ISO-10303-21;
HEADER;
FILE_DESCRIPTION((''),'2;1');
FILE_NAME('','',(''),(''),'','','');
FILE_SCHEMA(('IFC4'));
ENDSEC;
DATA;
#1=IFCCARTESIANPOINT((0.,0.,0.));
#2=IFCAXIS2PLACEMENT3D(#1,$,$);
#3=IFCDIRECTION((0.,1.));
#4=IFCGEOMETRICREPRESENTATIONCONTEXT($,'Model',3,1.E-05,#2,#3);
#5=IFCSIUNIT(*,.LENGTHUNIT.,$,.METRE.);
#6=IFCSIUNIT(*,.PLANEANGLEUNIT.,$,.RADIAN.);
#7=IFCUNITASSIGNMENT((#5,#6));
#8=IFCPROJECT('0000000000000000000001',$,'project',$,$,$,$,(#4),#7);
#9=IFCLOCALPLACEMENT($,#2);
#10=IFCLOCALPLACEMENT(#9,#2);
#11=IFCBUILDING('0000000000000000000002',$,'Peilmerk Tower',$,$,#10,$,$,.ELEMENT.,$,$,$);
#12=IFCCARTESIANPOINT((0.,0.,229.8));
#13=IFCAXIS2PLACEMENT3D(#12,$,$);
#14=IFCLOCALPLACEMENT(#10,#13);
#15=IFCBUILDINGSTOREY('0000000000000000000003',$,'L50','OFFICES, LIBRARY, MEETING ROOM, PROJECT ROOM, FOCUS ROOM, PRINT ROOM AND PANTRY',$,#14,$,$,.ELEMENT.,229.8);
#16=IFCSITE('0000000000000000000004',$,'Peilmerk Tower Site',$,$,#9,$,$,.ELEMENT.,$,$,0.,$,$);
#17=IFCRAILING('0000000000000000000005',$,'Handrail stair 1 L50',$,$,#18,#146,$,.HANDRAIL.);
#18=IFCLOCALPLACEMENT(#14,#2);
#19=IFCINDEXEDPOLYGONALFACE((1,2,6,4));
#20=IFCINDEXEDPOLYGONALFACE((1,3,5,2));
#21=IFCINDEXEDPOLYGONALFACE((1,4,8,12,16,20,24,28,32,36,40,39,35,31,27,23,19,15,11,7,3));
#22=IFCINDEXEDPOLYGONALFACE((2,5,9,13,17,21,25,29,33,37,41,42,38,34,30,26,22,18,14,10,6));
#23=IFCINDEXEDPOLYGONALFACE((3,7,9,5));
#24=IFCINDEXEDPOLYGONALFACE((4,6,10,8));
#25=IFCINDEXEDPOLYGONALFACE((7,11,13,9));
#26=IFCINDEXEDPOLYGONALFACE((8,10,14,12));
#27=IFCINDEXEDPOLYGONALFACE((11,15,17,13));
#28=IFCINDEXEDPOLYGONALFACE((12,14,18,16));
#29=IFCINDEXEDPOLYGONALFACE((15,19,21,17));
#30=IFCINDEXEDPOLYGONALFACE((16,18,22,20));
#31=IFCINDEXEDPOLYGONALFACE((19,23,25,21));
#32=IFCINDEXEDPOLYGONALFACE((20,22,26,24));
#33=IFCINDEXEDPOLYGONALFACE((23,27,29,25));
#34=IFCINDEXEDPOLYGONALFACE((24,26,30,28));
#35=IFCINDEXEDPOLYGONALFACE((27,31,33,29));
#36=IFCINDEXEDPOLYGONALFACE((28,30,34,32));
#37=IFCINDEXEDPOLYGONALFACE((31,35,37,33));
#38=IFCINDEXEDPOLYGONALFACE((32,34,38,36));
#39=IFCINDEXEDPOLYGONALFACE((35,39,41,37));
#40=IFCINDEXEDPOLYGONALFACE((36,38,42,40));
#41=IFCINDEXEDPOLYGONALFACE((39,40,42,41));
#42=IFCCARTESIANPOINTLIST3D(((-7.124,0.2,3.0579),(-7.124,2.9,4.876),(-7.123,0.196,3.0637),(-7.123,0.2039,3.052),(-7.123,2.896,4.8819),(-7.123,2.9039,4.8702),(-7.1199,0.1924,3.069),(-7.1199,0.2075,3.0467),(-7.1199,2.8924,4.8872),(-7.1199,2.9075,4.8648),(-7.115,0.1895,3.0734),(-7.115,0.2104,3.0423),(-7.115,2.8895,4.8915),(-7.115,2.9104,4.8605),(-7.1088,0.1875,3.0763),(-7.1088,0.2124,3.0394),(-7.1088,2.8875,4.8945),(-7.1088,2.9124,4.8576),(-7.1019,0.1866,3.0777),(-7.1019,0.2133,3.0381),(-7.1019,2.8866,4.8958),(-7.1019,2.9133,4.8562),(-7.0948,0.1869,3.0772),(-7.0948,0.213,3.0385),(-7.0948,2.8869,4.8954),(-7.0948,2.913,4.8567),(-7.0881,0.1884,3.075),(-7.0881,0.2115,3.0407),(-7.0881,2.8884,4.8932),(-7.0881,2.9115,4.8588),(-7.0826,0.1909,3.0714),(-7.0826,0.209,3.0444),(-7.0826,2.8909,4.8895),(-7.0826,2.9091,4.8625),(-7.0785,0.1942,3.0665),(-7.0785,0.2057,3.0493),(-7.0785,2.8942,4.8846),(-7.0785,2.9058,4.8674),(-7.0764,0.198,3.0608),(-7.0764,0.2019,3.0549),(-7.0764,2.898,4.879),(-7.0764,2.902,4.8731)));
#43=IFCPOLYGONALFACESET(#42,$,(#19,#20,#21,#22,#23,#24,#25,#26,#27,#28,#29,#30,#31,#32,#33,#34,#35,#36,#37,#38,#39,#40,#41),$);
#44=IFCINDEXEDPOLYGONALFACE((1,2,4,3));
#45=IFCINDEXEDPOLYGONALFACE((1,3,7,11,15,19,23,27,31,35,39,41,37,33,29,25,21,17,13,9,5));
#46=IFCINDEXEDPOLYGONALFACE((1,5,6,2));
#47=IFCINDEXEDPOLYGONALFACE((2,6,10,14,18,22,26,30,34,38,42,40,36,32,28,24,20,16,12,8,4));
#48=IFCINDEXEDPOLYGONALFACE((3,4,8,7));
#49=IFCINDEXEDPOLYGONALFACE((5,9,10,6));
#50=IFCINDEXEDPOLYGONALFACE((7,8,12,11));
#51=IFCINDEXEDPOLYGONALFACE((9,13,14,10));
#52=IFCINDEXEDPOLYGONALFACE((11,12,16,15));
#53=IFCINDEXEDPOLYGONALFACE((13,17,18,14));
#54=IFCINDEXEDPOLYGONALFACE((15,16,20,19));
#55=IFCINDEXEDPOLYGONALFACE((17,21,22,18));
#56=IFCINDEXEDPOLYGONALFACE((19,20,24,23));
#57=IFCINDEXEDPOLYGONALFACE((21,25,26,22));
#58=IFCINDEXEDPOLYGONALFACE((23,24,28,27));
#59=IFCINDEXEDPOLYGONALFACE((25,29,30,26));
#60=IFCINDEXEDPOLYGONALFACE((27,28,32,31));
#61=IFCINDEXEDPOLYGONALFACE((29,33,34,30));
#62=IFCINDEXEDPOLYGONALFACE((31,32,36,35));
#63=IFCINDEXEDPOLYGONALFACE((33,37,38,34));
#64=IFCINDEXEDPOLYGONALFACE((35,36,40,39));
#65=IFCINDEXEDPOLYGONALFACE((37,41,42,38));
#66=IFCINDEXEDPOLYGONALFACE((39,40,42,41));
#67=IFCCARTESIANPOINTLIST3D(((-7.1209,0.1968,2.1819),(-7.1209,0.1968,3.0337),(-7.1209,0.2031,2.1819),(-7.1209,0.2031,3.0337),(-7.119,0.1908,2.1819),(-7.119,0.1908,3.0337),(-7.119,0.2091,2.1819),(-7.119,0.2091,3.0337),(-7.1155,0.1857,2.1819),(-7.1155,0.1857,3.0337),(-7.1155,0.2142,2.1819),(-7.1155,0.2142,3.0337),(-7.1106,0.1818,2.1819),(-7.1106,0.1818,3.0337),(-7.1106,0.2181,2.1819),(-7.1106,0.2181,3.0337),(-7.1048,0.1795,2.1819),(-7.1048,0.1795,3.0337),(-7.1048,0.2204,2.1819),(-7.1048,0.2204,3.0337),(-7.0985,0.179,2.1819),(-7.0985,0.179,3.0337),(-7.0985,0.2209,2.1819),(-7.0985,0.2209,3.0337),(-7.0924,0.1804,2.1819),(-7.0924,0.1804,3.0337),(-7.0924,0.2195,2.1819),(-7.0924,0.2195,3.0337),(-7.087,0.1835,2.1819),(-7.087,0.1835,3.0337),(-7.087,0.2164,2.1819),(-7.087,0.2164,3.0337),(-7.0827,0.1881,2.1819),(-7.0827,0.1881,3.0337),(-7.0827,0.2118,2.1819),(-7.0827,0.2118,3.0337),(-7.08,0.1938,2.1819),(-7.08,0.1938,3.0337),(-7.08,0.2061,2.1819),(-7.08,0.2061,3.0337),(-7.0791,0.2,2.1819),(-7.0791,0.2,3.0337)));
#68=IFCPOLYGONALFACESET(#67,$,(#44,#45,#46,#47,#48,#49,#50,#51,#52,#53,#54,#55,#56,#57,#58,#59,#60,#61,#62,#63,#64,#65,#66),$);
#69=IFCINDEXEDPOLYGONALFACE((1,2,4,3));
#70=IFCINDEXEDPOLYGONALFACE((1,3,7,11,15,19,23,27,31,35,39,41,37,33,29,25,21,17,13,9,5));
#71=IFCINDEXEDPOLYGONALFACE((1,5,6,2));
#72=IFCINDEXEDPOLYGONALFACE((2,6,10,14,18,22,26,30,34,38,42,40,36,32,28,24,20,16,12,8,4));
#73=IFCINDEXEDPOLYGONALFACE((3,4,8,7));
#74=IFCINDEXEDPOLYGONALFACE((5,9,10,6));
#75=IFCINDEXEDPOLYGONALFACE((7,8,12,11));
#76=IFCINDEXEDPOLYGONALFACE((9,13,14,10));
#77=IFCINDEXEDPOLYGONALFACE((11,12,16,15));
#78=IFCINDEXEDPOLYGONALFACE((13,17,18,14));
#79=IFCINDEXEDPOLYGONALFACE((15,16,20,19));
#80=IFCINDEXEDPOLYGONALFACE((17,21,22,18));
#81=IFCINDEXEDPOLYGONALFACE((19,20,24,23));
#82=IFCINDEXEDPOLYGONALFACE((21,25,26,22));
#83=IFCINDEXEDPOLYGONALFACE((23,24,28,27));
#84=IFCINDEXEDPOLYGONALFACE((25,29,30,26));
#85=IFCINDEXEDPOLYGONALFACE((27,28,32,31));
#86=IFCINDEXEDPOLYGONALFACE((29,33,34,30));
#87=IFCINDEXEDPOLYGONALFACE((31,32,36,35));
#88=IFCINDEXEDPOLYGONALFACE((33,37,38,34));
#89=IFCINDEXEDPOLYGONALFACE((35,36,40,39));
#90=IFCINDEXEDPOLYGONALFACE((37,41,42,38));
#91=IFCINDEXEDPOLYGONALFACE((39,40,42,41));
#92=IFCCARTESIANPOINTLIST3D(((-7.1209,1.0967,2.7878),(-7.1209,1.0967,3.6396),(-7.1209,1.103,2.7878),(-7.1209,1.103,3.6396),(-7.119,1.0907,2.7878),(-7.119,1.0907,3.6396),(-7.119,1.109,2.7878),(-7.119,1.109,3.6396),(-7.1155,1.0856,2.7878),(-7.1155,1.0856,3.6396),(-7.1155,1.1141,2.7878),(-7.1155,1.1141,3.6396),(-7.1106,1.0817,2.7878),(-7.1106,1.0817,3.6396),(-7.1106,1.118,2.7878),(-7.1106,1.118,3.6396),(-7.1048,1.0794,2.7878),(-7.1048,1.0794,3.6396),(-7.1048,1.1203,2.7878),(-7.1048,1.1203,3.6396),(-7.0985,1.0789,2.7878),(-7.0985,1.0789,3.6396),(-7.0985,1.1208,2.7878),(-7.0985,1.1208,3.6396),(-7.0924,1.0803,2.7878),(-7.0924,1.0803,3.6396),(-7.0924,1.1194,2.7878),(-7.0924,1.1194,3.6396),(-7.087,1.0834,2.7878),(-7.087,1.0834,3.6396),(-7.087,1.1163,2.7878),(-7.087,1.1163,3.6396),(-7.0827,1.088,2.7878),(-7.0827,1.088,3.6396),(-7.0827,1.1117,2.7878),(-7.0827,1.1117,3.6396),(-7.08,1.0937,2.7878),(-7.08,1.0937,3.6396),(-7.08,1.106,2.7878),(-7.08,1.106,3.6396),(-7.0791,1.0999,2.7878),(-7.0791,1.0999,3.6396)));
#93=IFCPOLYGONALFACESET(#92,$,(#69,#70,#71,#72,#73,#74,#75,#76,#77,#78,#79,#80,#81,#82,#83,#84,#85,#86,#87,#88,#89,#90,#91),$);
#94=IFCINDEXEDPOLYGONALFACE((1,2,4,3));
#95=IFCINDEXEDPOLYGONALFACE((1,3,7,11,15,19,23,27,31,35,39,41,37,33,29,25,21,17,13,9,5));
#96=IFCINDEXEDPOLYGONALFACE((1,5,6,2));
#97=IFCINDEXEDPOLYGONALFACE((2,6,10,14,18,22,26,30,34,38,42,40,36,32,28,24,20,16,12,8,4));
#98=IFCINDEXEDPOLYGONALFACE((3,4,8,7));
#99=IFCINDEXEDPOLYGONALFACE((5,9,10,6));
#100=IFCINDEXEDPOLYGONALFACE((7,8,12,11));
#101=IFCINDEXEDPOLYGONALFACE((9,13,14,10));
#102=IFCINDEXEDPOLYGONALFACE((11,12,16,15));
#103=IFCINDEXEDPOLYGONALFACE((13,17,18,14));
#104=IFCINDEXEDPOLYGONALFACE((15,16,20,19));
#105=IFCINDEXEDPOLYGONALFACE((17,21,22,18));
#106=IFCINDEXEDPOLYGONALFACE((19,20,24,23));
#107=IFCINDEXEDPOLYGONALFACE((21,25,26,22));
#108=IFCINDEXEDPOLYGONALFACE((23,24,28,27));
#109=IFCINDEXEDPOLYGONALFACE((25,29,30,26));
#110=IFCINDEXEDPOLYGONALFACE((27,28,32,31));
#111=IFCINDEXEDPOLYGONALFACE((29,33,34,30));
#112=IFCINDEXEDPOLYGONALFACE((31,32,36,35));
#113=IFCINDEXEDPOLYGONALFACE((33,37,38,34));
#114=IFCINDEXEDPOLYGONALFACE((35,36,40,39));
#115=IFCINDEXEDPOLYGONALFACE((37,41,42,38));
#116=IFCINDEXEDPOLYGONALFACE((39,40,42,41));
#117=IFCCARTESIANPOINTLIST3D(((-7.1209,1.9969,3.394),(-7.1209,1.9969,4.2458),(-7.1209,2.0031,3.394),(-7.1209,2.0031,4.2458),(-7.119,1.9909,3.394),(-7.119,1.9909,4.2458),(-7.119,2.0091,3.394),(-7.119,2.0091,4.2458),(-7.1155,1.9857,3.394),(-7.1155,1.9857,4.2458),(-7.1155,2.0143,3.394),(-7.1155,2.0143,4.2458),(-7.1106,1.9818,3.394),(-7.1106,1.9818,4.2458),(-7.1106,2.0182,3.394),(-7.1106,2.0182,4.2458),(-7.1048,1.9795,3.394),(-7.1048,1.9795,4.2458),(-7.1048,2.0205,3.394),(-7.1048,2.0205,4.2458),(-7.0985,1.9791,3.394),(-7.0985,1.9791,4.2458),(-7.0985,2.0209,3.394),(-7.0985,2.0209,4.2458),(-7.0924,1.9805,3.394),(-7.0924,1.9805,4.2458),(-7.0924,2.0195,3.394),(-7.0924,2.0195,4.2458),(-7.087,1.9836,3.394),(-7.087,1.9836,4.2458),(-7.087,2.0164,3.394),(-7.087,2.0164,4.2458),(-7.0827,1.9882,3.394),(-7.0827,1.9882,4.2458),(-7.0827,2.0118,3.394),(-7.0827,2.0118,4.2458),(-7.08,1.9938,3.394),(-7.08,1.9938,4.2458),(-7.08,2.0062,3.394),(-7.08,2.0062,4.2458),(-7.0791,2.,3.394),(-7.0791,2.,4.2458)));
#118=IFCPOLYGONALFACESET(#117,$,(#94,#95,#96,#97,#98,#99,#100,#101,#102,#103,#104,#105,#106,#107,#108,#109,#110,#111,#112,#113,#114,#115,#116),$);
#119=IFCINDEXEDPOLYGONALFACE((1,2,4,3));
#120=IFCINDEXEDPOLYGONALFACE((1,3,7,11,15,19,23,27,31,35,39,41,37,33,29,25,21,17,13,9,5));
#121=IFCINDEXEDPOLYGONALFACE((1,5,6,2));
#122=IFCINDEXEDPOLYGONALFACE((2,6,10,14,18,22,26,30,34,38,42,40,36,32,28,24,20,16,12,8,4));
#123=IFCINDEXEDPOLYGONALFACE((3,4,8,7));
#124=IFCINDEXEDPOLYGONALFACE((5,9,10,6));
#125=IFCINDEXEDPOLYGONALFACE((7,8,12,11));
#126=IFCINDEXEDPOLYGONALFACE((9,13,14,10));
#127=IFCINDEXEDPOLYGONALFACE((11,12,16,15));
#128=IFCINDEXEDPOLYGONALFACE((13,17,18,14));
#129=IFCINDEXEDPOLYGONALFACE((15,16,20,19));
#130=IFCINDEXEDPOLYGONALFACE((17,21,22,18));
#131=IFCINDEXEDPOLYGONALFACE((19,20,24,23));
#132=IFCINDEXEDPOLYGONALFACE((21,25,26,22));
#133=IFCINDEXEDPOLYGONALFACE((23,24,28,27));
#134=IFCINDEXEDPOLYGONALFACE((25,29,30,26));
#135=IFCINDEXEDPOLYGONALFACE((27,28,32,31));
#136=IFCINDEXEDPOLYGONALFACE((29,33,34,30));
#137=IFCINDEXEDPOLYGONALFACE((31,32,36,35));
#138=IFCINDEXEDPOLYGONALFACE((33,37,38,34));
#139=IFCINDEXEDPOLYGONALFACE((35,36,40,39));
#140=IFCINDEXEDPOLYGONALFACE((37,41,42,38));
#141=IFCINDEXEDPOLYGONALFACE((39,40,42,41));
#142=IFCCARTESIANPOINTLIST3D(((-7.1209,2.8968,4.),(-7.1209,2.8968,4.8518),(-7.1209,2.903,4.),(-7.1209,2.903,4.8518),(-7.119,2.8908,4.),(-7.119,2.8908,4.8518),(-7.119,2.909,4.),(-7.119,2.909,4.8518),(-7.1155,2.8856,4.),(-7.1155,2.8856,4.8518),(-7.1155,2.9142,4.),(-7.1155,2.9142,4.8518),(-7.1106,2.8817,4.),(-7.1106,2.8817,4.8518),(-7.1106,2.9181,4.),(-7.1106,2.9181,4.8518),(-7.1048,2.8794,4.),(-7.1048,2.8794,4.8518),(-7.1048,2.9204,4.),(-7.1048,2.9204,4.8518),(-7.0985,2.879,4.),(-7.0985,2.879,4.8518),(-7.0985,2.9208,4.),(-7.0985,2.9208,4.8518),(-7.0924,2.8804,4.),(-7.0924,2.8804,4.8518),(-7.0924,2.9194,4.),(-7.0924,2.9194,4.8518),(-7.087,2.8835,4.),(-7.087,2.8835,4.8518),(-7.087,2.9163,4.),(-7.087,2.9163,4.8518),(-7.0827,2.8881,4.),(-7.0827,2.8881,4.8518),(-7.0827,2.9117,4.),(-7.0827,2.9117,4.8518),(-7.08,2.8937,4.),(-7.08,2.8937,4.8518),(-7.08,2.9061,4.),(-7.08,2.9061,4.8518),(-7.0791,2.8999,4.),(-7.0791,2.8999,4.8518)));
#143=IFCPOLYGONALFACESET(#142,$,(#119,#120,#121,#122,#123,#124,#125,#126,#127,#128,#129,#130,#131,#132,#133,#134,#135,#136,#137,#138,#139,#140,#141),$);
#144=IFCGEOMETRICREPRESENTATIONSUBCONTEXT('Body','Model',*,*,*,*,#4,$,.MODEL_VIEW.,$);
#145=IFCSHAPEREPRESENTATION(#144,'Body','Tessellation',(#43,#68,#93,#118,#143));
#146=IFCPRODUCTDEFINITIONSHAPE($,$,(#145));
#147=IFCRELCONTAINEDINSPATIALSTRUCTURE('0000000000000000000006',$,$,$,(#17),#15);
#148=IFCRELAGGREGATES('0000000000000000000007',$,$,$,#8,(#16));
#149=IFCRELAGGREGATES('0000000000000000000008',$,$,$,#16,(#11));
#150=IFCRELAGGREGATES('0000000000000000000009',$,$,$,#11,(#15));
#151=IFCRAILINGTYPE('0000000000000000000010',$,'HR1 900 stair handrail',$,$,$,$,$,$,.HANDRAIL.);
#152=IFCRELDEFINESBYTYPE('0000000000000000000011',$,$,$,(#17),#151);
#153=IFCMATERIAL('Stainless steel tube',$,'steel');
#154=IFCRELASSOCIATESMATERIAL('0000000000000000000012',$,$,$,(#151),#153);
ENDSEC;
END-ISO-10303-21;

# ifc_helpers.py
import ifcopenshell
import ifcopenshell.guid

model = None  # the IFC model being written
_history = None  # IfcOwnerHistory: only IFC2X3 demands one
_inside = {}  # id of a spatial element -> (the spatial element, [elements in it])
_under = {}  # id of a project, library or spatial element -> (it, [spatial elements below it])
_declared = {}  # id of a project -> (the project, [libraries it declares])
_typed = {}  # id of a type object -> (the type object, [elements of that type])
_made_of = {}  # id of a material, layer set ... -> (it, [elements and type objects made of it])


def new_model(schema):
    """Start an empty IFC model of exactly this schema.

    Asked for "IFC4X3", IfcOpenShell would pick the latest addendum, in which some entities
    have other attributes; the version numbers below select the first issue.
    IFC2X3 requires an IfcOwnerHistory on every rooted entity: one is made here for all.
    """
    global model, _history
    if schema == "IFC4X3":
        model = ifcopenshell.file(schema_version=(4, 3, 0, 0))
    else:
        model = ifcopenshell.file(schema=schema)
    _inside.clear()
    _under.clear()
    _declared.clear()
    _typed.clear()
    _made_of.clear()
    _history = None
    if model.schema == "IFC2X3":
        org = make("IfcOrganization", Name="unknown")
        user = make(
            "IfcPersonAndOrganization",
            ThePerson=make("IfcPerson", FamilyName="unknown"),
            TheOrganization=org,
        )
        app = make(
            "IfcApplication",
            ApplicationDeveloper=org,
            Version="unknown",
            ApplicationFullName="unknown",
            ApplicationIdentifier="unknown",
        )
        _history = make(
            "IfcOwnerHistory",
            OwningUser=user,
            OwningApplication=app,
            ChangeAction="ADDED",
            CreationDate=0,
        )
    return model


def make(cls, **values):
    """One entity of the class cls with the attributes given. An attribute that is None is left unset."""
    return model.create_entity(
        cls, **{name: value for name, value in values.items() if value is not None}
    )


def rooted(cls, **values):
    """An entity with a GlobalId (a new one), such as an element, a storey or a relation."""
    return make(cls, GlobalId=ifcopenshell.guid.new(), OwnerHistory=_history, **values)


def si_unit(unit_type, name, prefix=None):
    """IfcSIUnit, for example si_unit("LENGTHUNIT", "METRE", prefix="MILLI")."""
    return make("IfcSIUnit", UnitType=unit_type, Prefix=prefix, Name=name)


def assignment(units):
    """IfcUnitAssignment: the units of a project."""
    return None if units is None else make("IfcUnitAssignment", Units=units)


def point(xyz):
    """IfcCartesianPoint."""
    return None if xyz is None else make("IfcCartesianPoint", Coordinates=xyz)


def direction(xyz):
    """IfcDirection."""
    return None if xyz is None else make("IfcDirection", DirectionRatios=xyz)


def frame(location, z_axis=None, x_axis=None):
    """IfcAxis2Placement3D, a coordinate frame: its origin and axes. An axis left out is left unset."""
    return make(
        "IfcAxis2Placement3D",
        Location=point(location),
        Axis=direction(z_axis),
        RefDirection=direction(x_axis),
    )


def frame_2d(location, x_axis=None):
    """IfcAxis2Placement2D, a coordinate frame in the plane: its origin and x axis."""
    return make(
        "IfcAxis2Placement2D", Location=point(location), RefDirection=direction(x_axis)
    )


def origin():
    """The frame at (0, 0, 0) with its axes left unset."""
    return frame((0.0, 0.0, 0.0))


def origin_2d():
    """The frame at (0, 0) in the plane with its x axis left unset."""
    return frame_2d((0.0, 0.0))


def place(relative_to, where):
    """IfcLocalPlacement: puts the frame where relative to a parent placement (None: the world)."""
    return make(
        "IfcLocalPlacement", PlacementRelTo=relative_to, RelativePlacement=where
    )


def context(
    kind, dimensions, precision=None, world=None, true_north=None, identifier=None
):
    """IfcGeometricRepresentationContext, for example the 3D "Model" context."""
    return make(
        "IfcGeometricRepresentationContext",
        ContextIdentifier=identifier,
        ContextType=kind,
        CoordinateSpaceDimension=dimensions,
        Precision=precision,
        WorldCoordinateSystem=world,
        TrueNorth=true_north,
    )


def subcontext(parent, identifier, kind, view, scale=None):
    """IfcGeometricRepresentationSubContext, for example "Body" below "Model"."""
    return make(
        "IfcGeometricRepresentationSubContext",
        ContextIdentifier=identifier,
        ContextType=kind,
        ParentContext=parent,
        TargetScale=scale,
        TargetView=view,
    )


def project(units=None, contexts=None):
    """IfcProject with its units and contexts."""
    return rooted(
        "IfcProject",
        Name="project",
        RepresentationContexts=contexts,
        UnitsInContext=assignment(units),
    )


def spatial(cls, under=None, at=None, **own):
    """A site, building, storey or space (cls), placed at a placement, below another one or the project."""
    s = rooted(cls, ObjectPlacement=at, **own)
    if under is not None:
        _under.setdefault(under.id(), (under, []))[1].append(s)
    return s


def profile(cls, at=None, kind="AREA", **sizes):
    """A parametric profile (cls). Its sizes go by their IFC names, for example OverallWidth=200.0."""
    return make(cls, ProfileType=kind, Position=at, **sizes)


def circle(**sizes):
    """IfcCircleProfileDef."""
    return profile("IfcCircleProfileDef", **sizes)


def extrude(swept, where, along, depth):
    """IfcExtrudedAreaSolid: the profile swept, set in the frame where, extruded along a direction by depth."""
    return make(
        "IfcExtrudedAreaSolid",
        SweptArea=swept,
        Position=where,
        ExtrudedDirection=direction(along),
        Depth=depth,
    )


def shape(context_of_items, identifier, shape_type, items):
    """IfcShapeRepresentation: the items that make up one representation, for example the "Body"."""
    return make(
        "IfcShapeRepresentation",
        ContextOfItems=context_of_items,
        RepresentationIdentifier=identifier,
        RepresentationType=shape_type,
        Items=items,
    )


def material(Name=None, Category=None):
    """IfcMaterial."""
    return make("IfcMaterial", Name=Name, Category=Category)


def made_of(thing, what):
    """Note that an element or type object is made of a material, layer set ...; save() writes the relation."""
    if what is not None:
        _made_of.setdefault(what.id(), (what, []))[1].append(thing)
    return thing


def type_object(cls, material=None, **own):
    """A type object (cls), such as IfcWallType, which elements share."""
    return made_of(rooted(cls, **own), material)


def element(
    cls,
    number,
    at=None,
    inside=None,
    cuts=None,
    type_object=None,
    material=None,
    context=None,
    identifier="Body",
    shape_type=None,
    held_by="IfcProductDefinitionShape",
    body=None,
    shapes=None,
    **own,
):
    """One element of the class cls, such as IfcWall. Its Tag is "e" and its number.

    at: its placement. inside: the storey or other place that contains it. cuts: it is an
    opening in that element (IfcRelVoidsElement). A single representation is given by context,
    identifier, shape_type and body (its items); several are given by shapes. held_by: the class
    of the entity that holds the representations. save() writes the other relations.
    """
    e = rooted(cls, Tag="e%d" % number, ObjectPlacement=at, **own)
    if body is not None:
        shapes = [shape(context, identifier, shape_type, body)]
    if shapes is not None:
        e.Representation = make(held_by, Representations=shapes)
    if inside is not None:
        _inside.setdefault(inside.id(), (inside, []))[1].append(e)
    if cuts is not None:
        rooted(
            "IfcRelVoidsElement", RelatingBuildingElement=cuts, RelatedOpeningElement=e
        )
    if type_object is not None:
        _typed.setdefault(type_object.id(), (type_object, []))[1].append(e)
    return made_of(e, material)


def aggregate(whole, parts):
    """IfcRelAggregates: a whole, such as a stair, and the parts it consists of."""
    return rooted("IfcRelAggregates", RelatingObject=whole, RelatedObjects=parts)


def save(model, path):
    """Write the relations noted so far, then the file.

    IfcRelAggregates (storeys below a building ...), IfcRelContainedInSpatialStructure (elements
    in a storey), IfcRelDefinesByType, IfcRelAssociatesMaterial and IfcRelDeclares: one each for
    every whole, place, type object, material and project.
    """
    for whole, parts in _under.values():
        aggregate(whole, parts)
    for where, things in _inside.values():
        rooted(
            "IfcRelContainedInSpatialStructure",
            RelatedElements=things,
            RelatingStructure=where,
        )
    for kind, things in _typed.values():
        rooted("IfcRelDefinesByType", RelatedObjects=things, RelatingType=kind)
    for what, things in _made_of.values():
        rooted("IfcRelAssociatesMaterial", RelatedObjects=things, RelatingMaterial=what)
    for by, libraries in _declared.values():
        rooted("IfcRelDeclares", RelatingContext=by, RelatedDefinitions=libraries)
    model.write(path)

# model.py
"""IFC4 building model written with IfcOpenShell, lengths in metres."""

from ifc_helpers import new_model, si_unit, direction, frame, origin, origin_2d, place, context, subcontext, project, spatial, circle, extrude, material, type_object, element, save


model = new_model("IFC4")

# Units and contexts
model_context = context("Model", 3, precision=1e-05, world=origin(), true_north=direction((0.0, 1.0)))
body_context = subcontext(model_context, "Body", "Model", "MODEL_VIEW")
ifc_project = project(units=[si_unit("LENGTHUNIT", "METRE"), si_unit("PLANEANGLEUNIT", "RADIAN")], contexts=[model_context])

# Site, building, storey
site_placement = place(None, origin())
site = spatial("IfcSite", under=ifc_project, at=site_placement, Name="Peilmerk Tower Site", CompositionType="ELEMENT", RefElevation=0.0)
building_placement = place(site_placement, origin())
building = spatial("IfcBuilding", under=site, at=building_placement, Name="Peilmerk Tower", CompositionType="ELEMENT")
storey_placement = place(building_placement, frame((0.0, 0.0, 229.8)))
storey = spatial("IfcBuildingStorey", under=building, at=storey_placement, Name="L50", Description="OFFICES, LIBRARY, MEETING ROOM, PROJECT ROOM, FOCUS ROOM, PRINT ROOM AND PANTRY", CompositionType="ELEMENT", Elevation=229.8)

# Railing
ifc_material_1 = material(Name="Stainless steel tube", Category="steel")
railing_type_1 = type_object("IfcRailingType", Name="HR1 900 stair handrail", PredefinedType="HANDRAIL", material=ifc_material_1)
railing_1_placement = place(storey_placement, frame((-7.1001, 0.2, 2.1819)))
element("IfcRailing", 1, at=railing_1_placement, inside=storey, type_object=railing_type_1, Name="Handrail stair 1 L50", PredefinedType="HANDRAIL", context=body_context, shape_type="SweptSolid", body=[
    extrude(circle(Radius=0.0239, at=origin_2d()), frame((0.0, 0.0, 0.876), z_axis=(0.0, 0.829468, 0.558554), x_axis=(-1.0, 0.0, 0.0)), (0.0, 0.0, 1.0), 3.2551),
    extrude(circle(Radius=0.021, at=origin_2d()), origin(), (0.0, 0.0, 1.0), 0.8518),
    extrude(circle(Radius=0.021, at=origin_2d()), frame((0.0, 0.8999, 0.606)), (0.0, 0.0, 1.0), 0.8518),
    extrude(circle(Radius=0.021, at=origin_2d()), frame((0.0, 1.8, 1.2122)), (0.0, 0.0, 1.0), 0.8518),
    extrude(circle(Radius=0.021, at=origin_2d()), frame((0.0, 2.7, 1.8181)), (0.0, 0.0, 1.0), 0.8518),
])

save(model, "model.ifc")
